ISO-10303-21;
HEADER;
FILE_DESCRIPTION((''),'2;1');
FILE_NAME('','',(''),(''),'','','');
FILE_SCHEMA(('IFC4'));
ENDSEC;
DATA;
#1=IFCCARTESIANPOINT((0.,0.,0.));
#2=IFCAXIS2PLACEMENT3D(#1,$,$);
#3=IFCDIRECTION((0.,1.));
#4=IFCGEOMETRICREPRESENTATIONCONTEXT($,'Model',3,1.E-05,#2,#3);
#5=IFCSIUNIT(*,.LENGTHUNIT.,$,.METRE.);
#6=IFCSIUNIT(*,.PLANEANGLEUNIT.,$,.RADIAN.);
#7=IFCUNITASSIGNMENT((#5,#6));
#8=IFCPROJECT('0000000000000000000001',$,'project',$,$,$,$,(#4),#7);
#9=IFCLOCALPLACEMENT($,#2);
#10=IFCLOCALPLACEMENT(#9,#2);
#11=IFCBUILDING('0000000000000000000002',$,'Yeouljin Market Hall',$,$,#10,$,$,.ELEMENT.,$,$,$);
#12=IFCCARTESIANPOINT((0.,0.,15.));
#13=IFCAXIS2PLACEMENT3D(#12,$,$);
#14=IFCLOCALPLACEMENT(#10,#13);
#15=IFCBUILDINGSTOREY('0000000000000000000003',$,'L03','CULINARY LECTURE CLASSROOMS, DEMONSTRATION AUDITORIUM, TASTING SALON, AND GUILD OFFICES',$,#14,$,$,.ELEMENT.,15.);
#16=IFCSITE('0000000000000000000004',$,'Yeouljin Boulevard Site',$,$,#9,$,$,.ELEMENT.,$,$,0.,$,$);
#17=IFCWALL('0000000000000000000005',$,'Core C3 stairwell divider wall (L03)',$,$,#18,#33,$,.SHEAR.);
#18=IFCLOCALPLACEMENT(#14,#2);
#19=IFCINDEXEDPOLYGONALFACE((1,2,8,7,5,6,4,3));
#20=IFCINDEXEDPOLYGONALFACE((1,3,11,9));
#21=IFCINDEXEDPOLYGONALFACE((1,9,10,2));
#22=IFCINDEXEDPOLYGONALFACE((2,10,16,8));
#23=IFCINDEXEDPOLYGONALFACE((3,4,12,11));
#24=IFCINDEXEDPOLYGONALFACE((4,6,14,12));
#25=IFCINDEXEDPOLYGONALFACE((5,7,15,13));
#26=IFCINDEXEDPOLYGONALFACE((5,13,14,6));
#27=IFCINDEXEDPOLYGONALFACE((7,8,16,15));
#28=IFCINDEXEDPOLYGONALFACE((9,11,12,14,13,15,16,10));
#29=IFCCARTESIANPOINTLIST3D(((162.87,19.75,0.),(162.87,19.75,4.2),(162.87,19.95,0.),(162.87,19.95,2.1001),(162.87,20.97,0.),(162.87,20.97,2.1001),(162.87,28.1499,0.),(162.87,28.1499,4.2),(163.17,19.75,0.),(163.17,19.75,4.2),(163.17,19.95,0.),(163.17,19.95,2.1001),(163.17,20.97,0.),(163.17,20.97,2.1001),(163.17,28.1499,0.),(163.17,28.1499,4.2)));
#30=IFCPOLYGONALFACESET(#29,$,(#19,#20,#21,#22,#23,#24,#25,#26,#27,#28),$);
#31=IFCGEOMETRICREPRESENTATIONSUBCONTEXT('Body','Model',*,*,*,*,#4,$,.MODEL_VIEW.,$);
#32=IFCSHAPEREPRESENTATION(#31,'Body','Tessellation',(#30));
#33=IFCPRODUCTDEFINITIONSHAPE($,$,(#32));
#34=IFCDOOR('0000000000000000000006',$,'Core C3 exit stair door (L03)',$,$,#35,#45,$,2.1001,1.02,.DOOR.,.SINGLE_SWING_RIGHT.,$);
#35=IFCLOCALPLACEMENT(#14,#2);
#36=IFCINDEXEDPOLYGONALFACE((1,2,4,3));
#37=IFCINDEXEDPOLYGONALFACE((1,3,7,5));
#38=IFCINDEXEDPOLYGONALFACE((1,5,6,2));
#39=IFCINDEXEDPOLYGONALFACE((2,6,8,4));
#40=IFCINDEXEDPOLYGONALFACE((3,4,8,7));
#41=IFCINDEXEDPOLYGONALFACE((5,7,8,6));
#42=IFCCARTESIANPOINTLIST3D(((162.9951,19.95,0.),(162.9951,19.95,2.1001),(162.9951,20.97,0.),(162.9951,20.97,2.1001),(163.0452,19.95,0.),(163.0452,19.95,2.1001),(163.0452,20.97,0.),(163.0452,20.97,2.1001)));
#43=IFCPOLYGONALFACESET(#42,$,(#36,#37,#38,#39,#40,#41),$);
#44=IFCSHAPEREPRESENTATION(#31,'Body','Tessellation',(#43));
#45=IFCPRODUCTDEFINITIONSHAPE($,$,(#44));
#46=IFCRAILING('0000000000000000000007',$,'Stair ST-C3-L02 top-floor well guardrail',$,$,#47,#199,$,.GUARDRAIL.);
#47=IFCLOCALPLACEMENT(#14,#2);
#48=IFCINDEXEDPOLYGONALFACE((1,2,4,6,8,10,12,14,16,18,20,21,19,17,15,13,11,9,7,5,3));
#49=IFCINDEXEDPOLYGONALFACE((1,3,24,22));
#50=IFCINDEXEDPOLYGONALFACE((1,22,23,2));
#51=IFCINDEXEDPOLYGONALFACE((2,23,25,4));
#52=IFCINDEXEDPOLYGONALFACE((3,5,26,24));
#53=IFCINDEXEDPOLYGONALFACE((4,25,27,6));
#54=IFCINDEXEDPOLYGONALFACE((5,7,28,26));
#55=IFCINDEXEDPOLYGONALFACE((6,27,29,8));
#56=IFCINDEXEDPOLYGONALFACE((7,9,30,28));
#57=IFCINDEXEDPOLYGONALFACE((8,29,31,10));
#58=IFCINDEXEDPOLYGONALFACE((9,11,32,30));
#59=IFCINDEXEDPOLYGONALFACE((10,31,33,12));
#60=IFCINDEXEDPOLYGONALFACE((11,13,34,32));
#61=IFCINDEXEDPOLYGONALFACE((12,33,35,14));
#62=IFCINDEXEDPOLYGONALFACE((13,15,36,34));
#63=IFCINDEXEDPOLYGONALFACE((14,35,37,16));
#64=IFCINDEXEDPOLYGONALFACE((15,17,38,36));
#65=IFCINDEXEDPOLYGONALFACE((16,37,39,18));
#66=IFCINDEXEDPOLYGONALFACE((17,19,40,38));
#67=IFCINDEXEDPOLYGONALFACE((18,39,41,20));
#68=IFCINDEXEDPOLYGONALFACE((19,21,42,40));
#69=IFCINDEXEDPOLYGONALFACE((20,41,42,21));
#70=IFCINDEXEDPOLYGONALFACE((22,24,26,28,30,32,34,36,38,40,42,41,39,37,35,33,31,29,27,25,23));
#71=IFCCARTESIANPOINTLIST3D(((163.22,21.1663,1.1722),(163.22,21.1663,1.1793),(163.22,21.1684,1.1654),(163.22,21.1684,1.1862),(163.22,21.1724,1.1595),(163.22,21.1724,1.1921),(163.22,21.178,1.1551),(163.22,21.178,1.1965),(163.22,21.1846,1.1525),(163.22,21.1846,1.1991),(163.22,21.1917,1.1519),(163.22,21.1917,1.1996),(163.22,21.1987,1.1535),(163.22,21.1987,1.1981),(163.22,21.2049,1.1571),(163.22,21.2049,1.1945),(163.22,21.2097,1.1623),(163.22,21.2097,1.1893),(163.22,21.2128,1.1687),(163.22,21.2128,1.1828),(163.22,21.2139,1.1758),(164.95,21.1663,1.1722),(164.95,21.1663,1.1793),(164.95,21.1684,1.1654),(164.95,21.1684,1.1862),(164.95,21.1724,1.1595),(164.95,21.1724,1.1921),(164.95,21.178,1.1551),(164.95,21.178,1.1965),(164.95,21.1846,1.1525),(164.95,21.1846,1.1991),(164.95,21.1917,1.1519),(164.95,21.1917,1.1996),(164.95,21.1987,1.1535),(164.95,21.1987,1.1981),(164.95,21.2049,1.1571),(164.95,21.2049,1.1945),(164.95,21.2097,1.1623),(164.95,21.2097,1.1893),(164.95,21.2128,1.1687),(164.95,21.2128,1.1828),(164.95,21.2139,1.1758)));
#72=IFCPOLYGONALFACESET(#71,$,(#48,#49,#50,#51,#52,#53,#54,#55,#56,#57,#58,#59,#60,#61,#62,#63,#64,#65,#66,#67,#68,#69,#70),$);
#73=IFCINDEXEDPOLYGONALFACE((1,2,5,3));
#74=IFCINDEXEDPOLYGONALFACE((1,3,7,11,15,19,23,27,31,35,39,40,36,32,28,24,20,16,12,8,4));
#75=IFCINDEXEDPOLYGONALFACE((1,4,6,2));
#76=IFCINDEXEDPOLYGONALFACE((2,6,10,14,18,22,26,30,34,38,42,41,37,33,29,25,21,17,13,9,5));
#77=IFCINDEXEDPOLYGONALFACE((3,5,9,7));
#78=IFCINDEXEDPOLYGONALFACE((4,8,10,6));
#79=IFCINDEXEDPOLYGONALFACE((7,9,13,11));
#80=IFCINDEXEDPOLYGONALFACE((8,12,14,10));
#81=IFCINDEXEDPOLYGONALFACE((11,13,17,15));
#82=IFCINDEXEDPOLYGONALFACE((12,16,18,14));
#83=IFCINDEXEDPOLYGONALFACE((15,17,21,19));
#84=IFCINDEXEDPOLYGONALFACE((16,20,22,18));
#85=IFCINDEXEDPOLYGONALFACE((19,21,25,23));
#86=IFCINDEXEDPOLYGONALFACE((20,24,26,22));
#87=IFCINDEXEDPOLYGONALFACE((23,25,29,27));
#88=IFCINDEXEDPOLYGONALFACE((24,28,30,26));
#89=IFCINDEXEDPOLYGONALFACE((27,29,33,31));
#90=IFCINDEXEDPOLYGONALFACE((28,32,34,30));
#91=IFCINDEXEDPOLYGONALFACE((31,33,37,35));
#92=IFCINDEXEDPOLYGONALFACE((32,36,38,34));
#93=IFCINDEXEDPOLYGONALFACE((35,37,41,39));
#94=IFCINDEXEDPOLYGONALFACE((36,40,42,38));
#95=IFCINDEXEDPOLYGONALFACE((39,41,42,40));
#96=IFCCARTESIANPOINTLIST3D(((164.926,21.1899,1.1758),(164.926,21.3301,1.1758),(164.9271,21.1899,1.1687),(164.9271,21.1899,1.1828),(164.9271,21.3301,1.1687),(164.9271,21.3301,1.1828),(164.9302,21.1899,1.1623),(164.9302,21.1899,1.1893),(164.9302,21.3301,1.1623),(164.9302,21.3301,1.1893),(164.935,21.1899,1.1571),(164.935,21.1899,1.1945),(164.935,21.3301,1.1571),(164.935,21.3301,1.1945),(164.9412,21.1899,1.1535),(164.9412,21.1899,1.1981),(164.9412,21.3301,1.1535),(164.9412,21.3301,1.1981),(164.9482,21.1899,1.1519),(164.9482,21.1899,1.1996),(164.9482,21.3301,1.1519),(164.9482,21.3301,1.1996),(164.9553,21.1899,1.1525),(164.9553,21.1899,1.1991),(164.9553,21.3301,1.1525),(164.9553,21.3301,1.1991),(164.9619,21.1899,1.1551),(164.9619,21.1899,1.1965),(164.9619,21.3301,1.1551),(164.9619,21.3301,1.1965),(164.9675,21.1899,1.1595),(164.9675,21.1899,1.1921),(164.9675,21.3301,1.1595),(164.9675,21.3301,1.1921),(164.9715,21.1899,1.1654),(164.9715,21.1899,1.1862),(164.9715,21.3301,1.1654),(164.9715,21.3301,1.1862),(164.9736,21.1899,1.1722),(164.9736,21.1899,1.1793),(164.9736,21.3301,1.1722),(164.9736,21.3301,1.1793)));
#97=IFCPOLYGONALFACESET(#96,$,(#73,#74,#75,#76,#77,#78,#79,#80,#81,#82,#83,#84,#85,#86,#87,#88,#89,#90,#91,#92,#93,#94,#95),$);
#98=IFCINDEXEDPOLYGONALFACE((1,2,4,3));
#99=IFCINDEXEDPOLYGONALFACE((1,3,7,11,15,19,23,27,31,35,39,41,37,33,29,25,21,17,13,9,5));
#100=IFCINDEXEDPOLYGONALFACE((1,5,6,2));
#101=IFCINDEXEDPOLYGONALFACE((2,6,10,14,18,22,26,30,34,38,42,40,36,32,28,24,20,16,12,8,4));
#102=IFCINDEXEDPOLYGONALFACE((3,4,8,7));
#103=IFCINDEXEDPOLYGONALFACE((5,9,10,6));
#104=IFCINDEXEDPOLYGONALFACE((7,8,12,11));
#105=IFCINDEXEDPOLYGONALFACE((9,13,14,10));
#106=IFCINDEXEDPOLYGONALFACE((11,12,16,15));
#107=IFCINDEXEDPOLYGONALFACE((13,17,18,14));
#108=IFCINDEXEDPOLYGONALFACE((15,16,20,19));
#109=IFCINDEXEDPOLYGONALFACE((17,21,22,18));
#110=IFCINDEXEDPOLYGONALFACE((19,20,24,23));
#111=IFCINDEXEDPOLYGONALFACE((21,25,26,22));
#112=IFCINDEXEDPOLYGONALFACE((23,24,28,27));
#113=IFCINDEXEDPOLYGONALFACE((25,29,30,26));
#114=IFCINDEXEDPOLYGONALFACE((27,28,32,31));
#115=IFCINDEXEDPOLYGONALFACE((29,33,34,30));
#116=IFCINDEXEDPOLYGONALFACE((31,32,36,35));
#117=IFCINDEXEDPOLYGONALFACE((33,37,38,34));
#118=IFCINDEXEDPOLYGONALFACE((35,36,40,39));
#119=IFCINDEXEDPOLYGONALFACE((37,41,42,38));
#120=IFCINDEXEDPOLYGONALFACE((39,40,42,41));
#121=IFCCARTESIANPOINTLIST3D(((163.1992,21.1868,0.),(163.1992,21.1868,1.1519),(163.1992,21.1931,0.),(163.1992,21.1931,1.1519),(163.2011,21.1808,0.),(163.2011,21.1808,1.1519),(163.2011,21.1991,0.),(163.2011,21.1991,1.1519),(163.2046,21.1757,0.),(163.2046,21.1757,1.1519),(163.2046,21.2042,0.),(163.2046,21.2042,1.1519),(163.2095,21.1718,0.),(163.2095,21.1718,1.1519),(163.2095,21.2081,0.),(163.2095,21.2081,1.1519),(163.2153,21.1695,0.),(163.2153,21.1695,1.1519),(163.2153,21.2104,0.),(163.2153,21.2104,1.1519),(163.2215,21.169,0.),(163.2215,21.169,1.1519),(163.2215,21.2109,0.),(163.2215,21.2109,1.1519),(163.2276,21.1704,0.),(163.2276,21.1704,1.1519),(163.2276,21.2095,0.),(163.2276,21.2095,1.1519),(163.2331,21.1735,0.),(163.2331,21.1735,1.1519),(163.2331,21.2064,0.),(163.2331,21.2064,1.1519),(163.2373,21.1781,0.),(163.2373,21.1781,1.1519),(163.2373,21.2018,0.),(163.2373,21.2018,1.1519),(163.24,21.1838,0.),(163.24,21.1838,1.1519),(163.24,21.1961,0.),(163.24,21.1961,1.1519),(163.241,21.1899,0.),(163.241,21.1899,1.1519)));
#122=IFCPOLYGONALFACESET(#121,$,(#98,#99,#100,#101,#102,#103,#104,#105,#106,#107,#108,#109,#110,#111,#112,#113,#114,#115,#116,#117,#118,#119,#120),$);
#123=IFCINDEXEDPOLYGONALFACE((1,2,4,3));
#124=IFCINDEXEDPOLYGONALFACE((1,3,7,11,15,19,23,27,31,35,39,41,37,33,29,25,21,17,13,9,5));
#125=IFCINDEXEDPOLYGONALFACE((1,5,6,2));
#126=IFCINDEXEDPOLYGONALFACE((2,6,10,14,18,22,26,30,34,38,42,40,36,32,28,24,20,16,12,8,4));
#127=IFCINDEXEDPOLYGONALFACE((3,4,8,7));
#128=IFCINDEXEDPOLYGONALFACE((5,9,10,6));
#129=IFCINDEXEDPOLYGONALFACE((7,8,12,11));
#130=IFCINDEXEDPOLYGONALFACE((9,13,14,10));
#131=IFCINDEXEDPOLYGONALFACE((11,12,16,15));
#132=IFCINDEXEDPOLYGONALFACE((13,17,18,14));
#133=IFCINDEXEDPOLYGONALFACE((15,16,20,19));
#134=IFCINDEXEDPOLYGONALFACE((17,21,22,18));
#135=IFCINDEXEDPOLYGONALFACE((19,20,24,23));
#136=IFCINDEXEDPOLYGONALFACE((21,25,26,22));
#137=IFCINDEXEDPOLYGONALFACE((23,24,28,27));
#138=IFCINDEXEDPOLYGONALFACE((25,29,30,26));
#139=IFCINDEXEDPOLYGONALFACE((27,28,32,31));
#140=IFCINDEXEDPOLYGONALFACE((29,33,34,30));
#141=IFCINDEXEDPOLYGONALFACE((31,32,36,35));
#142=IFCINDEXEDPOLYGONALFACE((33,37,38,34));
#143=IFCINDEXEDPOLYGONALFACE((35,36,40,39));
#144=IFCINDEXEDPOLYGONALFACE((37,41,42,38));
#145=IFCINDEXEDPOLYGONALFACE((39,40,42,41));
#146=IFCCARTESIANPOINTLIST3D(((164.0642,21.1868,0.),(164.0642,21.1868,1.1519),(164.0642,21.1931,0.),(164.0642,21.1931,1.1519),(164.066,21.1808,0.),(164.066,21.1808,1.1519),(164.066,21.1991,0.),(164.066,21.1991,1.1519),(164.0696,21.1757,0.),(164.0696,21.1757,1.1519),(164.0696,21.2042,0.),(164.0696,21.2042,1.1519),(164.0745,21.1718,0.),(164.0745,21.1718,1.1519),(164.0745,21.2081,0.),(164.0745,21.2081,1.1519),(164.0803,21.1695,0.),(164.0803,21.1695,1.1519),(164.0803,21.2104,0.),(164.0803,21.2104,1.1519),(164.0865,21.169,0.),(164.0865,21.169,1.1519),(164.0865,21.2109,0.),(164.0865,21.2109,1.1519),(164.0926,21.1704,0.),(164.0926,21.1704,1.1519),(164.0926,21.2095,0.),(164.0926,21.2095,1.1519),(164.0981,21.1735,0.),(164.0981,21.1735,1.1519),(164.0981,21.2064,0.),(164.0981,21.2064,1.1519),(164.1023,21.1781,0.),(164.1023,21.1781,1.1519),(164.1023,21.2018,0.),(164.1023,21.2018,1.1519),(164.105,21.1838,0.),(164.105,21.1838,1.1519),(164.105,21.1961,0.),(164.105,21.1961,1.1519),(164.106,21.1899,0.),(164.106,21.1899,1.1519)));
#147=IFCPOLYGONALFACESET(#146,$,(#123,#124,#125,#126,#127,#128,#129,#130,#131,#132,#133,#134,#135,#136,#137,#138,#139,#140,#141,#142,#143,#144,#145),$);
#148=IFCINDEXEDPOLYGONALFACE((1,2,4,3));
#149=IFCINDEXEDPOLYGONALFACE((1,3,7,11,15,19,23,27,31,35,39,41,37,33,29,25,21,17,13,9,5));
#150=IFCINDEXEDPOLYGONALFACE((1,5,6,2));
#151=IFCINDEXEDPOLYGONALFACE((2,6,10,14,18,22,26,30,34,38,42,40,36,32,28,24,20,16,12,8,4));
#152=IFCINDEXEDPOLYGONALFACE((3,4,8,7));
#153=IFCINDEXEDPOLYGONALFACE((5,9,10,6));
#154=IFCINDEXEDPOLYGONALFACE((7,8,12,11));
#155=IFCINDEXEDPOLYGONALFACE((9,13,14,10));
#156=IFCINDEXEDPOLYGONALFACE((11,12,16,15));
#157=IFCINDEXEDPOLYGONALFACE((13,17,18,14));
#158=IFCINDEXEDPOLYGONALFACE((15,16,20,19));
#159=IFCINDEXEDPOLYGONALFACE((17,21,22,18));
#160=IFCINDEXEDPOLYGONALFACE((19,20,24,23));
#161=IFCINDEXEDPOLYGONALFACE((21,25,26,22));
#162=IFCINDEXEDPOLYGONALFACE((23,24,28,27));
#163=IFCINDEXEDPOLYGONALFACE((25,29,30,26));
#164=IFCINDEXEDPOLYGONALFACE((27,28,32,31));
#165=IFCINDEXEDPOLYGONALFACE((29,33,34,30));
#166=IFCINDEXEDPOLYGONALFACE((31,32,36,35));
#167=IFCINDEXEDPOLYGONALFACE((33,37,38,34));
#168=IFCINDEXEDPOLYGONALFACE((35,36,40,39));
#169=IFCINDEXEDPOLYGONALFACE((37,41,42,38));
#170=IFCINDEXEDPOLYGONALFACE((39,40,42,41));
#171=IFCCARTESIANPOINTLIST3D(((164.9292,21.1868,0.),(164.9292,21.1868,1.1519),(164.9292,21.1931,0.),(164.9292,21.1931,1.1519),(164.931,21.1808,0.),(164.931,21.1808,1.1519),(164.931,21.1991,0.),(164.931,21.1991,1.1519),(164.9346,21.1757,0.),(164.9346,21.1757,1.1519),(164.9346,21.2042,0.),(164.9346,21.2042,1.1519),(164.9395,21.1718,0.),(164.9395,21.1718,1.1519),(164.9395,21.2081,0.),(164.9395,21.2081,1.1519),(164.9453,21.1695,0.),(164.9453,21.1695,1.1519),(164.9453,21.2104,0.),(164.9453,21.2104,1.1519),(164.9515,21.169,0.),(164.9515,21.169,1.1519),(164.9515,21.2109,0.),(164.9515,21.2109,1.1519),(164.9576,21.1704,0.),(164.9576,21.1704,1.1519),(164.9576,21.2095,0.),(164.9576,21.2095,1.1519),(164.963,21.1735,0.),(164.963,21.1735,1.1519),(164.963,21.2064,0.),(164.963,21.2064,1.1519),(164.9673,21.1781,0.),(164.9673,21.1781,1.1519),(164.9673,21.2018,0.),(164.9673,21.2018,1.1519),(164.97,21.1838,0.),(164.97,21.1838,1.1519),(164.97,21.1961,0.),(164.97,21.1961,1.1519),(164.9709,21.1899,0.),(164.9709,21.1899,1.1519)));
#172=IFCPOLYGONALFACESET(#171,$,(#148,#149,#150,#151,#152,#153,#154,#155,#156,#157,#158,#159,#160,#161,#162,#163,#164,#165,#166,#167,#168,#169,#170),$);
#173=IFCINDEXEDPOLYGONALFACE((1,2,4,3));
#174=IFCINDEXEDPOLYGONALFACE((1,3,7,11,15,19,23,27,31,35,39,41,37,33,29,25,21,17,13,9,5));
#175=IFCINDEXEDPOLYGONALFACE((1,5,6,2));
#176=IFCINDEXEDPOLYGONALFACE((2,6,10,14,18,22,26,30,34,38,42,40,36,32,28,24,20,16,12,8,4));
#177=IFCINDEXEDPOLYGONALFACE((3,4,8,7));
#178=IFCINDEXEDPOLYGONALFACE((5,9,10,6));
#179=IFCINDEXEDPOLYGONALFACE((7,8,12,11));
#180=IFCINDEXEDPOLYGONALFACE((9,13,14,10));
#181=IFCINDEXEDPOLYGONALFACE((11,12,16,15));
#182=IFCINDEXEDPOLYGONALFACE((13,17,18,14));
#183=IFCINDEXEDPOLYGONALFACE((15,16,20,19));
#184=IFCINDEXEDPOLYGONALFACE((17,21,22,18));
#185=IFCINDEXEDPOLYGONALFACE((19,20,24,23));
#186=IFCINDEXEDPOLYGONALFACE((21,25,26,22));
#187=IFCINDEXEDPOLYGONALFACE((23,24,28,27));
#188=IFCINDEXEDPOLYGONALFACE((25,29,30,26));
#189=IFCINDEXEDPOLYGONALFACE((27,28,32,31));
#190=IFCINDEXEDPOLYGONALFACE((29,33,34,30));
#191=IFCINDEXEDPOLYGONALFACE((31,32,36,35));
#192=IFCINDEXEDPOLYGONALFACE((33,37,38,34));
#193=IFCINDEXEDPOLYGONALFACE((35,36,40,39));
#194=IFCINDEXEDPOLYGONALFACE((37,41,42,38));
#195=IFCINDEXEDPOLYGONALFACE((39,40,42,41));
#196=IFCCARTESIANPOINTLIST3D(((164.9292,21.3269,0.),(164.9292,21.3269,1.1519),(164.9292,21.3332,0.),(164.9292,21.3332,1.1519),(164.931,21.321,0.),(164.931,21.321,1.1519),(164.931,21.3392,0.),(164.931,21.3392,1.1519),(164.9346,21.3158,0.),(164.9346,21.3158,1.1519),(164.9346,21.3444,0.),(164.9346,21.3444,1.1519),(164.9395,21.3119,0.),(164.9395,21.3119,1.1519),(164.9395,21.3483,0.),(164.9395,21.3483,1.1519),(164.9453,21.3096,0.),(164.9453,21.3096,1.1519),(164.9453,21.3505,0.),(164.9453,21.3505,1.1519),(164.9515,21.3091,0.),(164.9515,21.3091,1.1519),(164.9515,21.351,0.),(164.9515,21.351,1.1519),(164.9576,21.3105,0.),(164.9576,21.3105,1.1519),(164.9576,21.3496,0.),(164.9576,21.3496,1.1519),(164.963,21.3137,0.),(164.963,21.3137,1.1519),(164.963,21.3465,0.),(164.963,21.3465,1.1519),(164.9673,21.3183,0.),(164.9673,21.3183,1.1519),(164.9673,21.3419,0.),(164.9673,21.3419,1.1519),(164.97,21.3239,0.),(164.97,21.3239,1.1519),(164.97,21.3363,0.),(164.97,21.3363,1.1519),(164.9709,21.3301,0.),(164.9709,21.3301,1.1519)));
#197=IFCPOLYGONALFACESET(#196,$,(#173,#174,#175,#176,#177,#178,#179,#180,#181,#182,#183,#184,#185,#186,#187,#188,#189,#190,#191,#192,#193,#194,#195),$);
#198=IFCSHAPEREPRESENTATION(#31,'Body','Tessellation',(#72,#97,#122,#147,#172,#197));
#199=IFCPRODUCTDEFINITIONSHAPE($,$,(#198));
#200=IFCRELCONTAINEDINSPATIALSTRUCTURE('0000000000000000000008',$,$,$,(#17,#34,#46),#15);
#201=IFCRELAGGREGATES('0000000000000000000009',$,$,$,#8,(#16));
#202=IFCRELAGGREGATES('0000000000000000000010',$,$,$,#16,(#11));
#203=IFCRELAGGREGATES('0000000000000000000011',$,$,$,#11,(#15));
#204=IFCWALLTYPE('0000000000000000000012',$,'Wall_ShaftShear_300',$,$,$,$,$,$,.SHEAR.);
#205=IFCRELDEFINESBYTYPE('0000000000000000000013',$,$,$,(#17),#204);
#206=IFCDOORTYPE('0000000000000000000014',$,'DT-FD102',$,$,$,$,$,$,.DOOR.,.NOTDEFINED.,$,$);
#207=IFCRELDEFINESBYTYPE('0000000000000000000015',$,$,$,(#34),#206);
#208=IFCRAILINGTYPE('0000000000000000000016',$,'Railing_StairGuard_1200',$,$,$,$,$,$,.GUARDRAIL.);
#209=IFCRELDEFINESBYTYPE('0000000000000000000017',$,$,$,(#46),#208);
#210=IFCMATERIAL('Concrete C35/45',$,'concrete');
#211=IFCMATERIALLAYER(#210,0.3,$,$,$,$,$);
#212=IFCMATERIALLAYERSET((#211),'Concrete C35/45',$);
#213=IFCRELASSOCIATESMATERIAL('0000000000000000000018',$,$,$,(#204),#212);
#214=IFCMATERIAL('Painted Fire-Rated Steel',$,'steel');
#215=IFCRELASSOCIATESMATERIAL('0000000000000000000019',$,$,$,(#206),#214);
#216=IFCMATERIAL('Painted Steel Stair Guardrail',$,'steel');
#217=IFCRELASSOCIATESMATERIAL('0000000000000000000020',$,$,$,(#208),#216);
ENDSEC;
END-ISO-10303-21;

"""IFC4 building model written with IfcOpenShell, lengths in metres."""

from ifc_helpers import new_model, si_unit, direction, frame, frame_2d, origin, origin_2d, place, context, subcontext, project, spatial, rectangle, circle, extrude, material, layer, layer_set, type_object, element, fill, save


model = new_model("IFC4")

# Units and contexts
model_context = context("Model", 3, precision=1e-05, world=origin(), true_north=direction((0.0, 1.0)))
body_context = subcontext(model_context, "Body", "Model", "MODEL_VIEW")
ifc_project = project(units=[si_unit("LENGTHUNIT", "METRE"), si_unit("PLANEANGLEUNIT", "RADIAN")], contexts=[model_context])

# Site, building, storey
site_placement = place(None, origin())
site = spatial("IfcSite", under=ifc_project, at=site_placement, Name="Yeouljin Boulevard Site", CompositionType="ELEMENT", RefElevation=0.0)
building_placement = place(site_placement, origin())
building = spatial("IfcBuilding", under=site, at=building_placement, Name="Yeouljin Market Hall", CompositionType="ELEMENT")
storey_placement = place(building_placement, frame((0.0, 0.0, 15.0)))
storey = spatial("IfcBuildingStorey", under=building, at=storey_placement, Name="L03", Description="CULINARY LECTURE CLASSROOMS, DEMONSTRATION AUDITORIUM, TASTING SALON, AND GUILD OFFICES", CompositionType="ELEMENT", Elevation=15.0)

# Wall, opening, door
ifc_material_1 = material(Name="Concrete C35/45", Category="concrete")
ifc_layer_1 = layer(ifc_material_1, 0.3)
ifc_layer_set_1 = layer_set([ifc_layer_1], Name="Concrete C35/45")
wall_type_1 = type_object("IfcWallType", Name="Wall_ShaftShear_300", PredefinedType="SHEAR", material=ifc_layer_set_1)
wall_1_placement = place(storey_placement, frame((163.02, 19.75, 0.0), z_axis=(0.0, 0.0, 1.0), x_axis=(0.0, 1.0, 0.0)))
wall_1 = element("IfcWall", 1, at=wall_1_placement, inside=storey, type_object=wall_type_1, Name="Core C3 stairwell divider wall (L03)", PredefinedType="SHEAR", context=body_context, shape_type="SweptSolid", body=[
    extrude(rectangle(XDim=8.3999, YDim=0.3, at=frame_2d((4.2, 0.0))), origin(), (0.0, 0.0, 1.0), 4.2),
])
opening_1_placement = place(wall_1_placement, frame((0.2, 0.0, 0.0)))
opening_1 = element("IfcOpeningElement", 2, at=opening_1_placement, cuts=wall_1, PredefinedType="OPENING", context=body_context, shape_type="SweptSolid", body=[
    extrude(rectangle(XDim=1.02, YDim=2.1001, at=frame_2d((0.51, 1.05))), frame((0.0, 0.1599, 0.0), z_axis=(0.0, -1.0, 0.0), x_axis=(1.0, 0.0, 0.0)), (0.0, 0.0, 1.0), 0.3201),
])
ifc_material_2 = material(Name="Painted Fire-Rated Steel", Category="steel")
door_type_1 = type_object("IfcDoorType", Name="DT-FD102", OperationType="NOTDEFINED", PredefinedType="DOOR", material=ifc_material_2)
door_1_placement = place(opening_1_placement, origin())
door_1 = element("IfcDoor", 3, at=door_1_placement, inside=storey, type_object=door_type_1, Name="Core C3 exit stair door (L03)", OperationType="SINGLE_SWING_RIGHT", OverallHeight=2.1001, OverallWidth=1.02, PredefinedType="DOOR", context=body_context, shape_type="SweptSolid", body=[
    extrude(rectangle(XDim=1.02, YDim=2.1001, at=frame_2d((0.51, 1.05))), frame((0.0, 0.0249, 0.0), z_axis=(0.0, -1.0, 0.0), x_axis=(1.0, 0.0, 0.0)), (0.0, 0.0, 1.0), 0.05),
])
fill(opening_1, door_1)

# Railing
ifc_material_3 = material(Name="Painted Steel Stair Guardrail", Category="steel")
railing_type = type_object("IfcRailingType", Name="Railing_StairGuard_1200", PredefinedType="GUARDRAIL", material=ifc_material_3)
railing_placement = place(storey_placement, frame((163.22, 21.1899, 0.0)))
element("IfcRailing", 4, at=railing_placement, inside=storey, type_object=railing_type, Name="Stair ST-C3-L02 top-floor well guardrail", PredefinedType="GUARDRAIL", context=body_context, shape_type="SweptSolid", body=[
    extrude(circle(Radius=0.0239, at=origin_2d()), frame((0.0, 0.0, 1.1758), z_axis=(1.0, 0.0, 0.0), x_axis=(0.0, 1.0, 0.0)), (0.0, 0.0, 1.0), 1.73),
    extrude(circle(Radius=0.0239, at=origin_2d()), frame((1.73, 0.0, 1.1758), z_axis=(0.0, 1.0, 0.0), x_axis=(-1.0, 0.0, 0.0)), (0.0, 0.0, 1.0), 0.1401),
    extrude(circle(Radius=0.021, at=origin_2d()), origin(), (0.0, 0.0, 1.0), 1.1519),
    extrude(circle(Radius=0.021, at=origin_2d()), frame((0.865, 0.0, 0.0)), (0.0, 0.0, 1.0), 1.1519),
    extrude(circle(Radius=0.021, at=origin_2d()), frame((1.73, 0.0, 0.0)), (0.0, 0.0, 1.0), 1.1519),
    extrude(circle(Radius=0.021, at=origin_2d()), frame((1.73, 0.1401, 0.0)), (0.0, 0.0, 1.0), 1.1519),
])

save(model, "model.ifc")
